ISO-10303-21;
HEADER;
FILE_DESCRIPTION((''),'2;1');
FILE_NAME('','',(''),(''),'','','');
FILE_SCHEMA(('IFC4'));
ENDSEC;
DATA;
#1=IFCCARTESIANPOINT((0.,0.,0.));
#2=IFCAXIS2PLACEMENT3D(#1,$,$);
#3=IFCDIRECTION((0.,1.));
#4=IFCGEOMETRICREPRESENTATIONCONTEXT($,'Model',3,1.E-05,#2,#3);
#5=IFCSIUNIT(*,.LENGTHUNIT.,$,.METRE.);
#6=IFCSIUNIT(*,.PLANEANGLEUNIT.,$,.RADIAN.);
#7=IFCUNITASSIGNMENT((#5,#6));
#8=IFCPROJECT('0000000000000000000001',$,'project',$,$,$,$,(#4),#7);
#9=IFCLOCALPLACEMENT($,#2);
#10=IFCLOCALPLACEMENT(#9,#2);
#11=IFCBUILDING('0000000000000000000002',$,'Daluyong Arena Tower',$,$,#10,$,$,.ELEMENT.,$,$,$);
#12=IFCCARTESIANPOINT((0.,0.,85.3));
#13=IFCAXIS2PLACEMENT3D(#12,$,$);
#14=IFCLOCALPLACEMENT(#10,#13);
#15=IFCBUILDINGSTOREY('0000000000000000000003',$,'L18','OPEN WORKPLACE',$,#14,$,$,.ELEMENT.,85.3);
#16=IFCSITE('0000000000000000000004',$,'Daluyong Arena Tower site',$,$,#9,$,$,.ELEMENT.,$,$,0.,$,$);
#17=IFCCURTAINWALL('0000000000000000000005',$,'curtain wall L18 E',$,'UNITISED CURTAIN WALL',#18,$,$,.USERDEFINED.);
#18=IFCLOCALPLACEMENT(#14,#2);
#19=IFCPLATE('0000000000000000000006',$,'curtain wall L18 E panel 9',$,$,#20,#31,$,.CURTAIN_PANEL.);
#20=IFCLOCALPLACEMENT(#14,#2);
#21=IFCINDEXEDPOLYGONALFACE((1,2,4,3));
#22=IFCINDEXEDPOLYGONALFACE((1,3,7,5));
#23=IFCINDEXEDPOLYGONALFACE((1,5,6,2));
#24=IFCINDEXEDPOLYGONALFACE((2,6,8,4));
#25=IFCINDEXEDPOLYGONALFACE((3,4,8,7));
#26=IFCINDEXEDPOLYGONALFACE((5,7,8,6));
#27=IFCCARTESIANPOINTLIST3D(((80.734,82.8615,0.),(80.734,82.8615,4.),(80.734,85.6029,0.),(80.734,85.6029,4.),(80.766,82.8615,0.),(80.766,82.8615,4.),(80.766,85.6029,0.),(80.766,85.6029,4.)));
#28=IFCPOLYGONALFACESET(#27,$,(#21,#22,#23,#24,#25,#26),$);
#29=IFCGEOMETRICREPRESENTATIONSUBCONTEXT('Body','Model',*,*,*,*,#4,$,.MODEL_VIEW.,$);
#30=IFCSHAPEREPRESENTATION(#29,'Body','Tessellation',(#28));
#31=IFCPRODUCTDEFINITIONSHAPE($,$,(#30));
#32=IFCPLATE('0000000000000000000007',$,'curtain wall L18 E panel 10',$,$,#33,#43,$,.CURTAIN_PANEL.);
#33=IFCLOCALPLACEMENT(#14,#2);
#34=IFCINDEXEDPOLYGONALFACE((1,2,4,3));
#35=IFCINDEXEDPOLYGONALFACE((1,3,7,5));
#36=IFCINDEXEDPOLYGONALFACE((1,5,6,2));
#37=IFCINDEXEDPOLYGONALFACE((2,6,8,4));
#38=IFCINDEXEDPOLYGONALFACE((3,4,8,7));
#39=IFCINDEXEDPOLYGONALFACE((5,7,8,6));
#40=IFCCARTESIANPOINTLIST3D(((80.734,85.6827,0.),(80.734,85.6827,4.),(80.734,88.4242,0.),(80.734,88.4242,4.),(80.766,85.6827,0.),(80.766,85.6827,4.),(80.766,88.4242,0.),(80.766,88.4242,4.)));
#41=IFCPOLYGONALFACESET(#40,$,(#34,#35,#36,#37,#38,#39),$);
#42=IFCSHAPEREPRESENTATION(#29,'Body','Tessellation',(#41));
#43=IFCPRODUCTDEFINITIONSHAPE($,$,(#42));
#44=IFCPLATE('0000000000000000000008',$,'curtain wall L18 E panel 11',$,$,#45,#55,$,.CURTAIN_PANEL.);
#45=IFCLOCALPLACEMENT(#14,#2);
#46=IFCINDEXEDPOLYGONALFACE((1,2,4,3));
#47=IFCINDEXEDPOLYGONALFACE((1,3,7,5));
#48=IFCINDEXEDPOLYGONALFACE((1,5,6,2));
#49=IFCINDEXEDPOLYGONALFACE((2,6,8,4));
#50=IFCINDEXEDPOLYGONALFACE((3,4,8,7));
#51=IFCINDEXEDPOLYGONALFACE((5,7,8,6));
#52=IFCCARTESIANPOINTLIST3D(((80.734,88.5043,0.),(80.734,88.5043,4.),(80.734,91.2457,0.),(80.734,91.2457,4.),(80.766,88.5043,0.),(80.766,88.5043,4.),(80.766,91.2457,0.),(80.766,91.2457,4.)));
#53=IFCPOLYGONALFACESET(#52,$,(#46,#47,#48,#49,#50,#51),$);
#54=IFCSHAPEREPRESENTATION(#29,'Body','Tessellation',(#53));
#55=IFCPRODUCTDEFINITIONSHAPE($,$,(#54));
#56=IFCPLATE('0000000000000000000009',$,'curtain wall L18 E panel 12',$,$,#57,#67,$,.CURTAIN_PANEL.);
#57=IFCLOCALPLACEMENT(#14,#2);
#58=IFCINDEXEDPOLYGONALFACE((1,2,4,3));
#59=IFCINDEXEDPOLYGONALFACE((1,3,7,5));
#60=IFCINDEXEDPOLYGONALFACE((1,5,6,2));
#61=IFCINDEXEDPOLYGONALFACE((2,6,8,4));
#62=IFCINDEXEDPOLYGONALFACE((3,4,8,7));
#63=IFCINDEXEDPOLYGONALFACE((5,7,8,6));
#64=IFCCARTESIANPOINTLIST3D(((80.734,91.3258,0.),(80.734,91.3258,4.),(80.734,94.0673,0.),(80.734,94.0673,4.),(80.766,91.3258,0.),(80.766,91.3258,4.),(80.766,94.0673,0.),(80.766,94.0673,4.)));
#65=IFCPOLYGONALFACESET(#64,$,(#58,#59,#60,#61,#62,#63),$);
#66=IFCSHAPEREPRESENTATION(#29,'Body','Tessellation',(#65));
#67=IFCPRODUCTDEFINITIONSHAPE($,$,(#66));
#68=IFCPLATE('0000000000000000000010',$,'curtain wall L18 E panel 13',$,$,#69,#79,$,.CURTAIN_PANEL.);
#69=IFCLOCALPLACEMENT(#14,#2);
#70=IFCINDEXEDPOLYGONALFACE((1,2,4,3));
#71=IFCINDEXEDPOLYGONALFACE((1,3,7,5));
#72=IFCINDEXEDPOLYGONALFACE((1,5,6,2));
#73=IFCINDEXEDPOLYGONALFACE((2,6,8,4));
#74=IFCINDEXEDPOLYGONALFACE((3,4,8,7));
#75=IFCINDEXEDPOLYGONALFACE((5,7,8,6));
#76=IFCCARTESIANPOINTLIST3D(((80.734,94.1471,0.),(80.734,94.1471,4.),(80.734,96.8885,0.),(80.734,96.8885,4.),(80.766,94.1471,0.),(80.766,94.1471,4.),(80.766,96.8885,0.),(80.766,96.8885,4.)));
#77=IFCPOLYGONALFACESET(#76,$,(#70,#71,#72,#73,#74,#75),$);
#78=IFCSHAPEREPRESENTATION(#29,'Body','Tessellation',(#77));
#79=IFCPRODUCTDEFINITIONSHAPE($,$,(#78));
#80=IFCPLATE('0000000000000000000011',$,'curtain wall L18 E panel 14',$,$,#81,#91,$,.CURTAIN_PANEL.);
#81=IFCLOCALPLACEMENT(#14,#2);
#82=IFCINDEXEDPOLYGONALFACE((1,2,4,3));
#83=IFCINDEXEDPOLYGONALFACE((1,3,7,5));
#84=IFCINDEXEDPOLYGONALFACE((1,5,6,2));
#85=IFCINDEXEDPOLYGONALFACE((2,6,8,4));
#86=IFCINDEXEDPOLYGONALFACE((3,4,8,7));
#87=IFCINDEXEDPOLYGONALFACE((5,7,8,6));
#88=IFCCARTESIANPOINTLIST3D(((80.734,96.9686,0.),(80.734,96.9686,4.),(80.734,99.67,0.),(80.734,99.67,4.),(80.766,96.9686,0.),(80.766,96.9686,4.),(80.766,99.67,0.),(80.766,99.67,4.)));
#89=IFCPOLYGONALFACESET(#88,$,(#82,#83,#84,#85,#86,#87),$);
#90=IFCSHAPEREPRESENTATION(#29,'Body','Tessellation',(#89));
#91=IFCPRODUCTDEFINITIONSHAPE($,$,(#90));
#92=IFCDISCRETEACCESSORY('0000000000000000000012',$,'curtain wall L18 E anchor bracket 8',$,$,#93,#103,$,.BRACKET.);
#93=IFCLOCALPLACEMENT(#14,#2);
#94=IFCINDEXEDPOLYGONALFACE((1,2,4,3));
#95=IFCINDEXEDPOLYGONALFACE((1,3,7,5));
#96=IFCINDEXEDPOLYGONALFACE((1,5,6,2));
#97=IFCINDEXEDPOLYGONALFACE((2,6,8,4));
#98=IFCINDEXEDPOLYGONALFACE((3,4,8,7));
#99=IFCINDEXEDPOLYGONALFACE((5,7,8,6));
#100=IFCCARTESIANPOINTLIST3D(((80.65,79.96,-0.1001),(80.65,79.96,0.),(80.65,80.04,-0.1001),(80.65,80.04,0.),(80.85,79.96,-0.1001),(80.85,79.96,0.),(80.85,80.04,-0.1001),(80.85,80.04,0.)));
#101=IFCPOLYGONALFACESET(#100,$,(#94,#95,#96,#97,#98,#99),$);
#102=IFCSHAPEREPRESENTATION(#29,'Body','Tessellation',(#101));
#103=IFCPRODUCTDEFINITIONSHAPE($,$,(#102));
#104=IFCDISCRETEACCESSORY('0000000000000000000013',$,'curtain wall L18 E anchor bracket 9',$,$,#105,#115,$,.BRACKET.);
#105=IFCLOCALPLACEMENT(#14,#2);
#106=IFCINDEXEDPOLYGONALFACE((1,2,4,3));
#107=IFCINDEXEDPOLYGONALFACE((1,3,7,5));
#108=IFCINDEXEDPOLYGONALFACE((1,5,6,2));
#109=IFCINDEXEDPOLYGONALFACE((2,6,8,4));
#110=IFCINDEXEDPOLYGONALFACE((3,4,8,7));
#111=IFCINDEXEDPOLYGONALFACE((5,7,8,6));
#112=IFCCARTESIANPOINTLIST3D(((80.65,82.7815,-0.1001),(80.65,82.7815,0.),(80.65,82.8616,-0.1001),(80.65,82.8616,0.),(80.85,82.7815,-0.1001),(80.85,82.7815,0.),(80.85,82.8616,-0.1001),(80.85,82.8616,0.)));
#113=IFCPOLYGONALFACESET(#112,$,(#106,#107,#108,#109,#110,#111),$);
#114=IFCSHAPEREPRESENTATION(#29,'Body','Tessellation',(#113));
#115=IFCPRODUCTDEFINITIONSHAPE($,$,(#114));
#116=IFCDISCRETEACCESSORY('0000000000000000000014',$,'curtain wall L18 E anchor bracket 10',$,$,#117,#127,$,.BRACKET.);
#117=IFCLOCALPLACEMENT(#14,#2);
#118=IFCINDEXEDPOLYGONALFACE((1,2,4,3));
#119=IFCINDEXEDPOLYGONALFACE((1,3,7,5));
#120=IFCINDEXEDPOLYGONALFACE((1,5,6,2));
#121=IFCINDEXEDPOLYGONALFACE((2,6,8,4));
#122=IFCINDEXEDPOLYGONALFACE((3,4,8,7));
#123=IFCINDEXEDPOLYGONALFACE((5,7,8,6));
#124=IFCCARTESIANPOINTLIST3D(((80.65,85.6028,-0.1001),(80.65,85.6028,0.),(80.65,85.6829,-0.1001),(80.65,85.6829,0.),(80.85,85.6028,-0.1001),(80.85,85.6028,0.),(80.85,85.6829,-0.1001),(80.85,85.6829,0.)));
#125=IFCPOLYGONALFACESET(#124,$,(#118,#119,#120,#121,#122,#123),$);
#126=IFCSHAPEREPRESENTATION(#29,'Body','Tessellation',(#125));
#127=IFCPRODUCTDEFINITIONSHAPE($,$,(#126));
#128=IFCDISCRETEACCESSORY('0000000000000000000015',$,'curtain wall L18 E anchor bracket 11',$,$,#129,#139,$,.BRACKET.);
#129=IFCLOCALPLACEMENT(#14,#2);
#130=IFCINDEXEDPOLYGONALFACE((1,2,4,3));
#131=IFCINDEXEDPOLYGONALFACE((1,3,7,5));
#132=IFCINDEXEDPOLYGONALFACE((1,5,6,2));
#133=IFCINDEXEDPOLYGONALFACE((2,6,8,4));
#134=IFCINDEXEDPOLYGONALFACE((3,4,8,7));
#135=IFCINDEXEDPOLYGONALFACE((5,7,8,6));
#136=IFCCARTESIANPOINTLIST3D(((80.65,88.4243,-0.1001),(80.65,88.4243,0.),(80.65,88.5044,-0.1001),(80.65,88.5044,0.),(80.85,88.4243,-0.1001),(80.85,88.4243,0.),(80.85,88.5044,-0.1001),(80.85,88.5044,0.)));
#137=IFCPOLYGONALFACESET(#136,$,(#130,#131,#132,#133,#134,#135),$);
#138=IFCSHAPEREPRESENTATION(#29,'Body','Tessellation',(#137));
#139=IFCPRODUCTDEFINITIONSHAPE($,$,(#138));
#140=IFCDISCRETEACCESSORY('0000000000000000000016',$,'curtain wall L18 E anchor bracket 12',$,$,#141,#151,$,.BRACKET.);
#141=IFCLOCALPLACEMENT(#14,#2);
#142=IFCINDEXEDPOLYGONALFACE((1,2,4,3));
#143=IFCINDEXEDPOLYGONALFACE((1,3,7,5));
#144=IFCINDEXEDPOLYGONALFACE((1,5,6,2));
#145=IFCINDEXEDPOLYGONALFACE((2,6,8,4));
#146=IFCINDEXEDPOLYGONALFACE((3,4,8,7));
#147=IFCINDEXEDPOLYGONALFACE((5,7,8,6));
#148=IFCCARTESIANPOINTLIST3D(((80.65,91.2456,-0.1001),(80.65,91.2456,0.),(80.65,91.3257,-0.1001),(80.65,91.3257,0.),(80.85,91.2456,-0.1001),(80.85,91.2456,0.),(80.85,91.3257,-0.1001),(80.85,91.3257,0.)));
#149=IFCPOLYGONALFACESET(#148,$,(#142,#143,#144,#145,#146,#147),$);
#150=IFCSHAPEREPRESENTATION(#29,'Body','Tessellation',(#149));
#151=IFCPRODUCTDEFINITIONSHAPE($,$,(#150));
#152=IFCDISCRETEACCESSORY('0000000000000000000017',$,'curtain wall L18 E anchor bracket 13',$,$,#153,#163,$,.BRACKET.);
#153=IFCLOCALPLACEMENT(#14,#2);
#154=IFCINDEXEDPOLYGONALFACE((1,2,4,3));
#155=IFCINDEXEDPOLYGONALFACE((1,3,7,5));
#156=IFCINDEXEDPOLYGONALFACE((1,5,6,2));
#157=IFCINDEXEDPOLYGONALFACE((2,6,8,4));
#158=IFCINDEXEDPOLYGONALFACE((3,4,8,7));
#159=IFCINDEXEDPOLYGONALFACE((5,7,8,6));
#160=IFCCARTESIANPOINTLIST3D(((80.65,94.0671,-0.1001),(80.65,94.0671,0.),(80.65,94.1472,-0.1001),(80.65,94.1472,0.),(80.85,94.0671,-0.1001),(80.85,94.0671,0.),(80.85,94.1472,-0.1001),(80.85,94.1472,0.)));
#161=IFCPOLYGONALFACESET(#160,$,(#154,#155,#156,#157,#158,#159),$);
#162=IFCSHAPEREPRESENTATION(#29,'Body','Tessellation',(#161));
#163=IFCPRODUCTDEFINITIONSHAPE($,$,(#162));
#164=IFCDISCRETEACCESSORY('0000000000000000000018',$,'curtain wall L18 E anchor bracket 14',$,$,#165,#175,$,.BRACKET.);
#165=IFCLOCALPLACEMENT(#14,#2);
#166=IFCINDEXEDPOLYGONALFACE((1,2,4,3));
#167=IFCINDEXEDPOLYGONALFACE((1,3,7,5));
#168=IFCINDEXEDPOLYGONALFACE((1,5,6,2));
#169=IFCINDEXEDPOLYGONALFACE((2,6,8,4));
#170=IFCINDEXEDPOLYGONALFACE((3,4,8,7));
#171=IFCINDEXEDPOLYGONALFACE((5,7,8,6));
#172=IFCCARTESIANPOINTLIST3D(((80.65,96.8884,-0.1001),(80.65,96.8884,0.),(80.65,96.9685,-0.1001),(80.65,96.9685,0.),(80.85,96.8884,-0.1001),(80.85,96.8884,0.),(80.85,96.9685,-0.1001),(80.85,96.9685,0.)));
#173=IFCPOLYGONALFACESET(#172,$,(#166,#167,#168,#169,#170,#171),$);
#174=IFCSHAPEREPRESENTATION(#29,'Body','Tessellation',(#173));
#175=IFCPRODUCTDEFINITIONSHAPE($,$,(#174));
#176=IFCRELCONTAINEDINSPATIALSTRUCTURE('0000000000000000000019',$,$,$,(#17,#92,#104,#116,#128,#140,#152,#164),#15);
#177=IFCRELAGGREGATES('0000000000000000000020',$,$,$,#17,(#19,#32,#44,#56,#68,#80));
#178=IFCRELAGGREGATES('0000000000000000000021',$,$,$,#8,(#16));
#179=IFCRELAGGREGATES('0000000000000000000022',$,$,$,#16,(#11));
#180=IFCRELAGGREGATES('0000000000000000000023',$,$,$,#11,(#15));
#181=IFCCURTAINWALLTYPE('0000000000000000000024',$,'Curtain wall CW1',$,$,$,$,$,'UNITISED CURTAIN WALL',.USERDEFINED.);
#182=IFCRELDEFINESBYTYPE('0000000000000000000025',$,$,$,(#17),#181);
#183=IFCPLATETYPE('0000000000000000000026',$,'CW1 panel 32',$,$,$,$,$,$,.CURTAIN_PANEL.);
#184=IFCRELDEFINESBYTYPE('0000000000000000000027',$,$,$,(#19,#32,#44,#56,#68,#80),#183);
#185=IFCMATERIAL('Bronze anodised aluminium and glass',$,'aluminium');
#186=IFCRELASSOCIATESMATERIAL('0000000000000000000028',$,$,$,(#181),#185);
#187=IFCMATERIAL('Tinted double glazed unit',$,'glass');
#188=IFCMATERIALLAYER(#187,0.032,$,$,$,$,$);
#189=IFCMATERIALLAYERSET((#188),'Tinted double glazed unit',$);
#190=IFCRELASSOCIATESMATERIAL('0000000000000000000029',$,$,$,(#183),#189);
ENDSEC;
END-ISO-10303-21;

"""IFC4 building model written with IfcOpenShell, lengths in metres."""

from ifc_helpers import new_model, si_unit, direction, frame, origin, origin_2d, place, context, subcontext, project, spatial, rectangle, extrude, material, layer, layer_set, type_object, element, aggregate, save


model = new_model("IFC4")

# Units and contexts
model_context = context("Model", 3, precision=1e-05, world=origin(), true_north=direction((0.0, 1.0)))
body_context = subcontext(model_context, "Body", "Model", "MODEL_VIEW")
ifc_project = project(units=[si_unit("LENGTHUNIT", "METRE"), si_unit("PLANEANGLEUNIT", "RADIAN")], contexts=[model_context])

# Site, building, storey
site_placement = place(None, origin())
site = spatial("IfcSite", under=ifc_project, at=site_placement, Name="Daluyong Arena Tower site", CompositionType="ELEMENT", RefElevation=0.0)
building_placement = place(site_placement, origin())
building = spatial("IfcBuilding", under=site, at=building_placement, Name="Daluyong Arena Tower", CompositionType="ELEMENT")
storey_placement = place(building_placement, frame((0.0, 0.0, 85.3)))
storey = spatial("IfcBuildingStorey", under=building, at=storey_placement, Name="L18", Description="OPEN WORKPLACE", CompositionType="ELEMENT", Elevation=85.3)

# Curtain wall
ifc_material_1 = material(Name="Bronze anodised aluminium and glass", Category="aluminium")
curtain_wall_type = type_object("IfcCurtainWallType", Name="Curtain wall CW1", ElementType="UNITISED CURTAIN WALL", PredefinedType="USERDEFINED", material=ifc_material_1)
curtain_wall_placement = place(storey_placement, origin())
curtain_wall = element("IfcCurtainWall", 1, at=curtain_wall_placement, inside=storey, type_object=curtain_wall_type, Name="curtain wall L18 E", ObjectType="UNITISED CURTAIN WALL", PredefinedType="USERDEFINED")

# Plates
ifc_material_2 = material(Name="Tinted double glazed unit", Category="glass")
ifc_layer = layer(ifc_material_2, 0.032)
ifc_layer_set = layer_set([ifc_layer], Name="Tinted double glazed unit")
plate_type = type_object("IfcPlateType", Name="CW1 panel 32", PredefinedType="CURTAIN_PANEL", material=ifc_layer_set)
plate_1_placement = place(storey_placement, frame((80.75, 84.2322, 0.0), z_axis=(0.0, 0.0, 1.0), x_axis=(0.0, 1.0, 0.0)))
plate_1 = element("IfcPlate", 2, at=plate_1_placement, type_object=plate_type, Name="curtain wall L18 E panel 9", PredefinedType="CURTAIN_PANEL", context=body_context, shape_type="SweptSolid", body=[
    extrude(rectangle(XDim=2.7415, YDim=0.032, at=origin_2d()), origin(), (0.0, 0.0, 1.0), 4.0),
])
plate_2_placement = place(storey_placement, frame((80.75, 87.0535, 0.0), z_axis=(0.0, 0.0, 1.0), x_axis=(0.0, 1.0, 0.0)))
plate_2 = element("IfcPlate", 3, at=plate_2_placement, type_object=plate_type, Name="curtain wall L18 E panel 10", PredefinedType="CURTAIN_PANEL", context=body_context, shape_type="SweptSolid", body=[
    extrude(rectangle(XDim=2.7415, YDim=0.032, at=origin_2d()), origin(), (0.0, 0.0, 1.0), 4.0),
])
plate_3_placement = place(storey_placement, frame((80.75, 89.875, 0.0), z_axis=(0.0, 0.0, 1.0), x_axis=(0.0, 1.0, 0.0)))
plate_3 = element("IfcPlate", 4, at=plate_3_placement, type_object=plate_type, Name="curtain wall L18 E panel 11", PredefinedType="CURTAIN_PANEL", context=body_context, shape_type="SweptSolid", body=[
    extrude(rectangle(XDim=2.7415, YDim=0.032, at=origin_2d()), origin(), (0.0, 0.0, 1.0), 4.0),
])
plate_4_placement = place(storey_placement, frame((80.75, 92.6965, 0.0), z_axis=(0.0, 0.0, 1.0), x_axis=(0.0, 1.0, 0.0)))
plate_4 = element("IfcPlate", 5, at=plate_4_placement, type_object=plate_type, Name="curtain wall L18 E panel 12", PredefinedType="CURTAIN_PANEL", context=body_context, shape_type="SweptSolid", body=[
    extrude(rectangle(XDim=2.7415, YDim=0.032, at=origin_2d()), origin(), (0.0, 0.0, 1.0), 4.0),
])
plate_5_placement = place(storey_placement, frame((80.75, 95.5178, 0.0), z_axis=(0.0, 0.0, 1.0), x_axis=(0.0, 1.0, 0.0)))
plate_5 = element("IfcPlate", 6, at=plate_5_placement, type_object=plate_type, Name="curtain wall L18 E panel 13", PredefinedType="CURTAIN_PANEL", context=body_context, shape_type="SweptSolid", body=[
    extrude(rectangle(XDim=2.7415, YDim=0.032, at=origin_2d()), origin(), (0.0, 0.0, 1.0), 4.0),
])
plate_6_placement = place(storey_placement, frame((80.75, 98.3193, 0.0), z_axis=(0.0, 0.0, 1.0), x_axis=(0.0, 1.0, 0.0)))
plate_6 = element("IfcPlate", 7, at=plate_6_placement, type_object=plate_type, Name="curtain wall L18 E panel 14", PredefinedType="CURTAIN_PANEL", context=body_context, shape_type="SweptSolid", body=[
    extrude(rectangle(XDim=2.7014, YDim=0.032, at=origin_2d()), origin(), (0.0, 0.0, 1.0), 4.0),
])
aggregate(curtain_wall, [plate_1, plate_2, plate_3, plate_4, plate_5, plate_6])

# Discrete accessories
for number, where, z_axis, x_axis, name in (
    (8, (80.75, 80.0, -0.1001), (0.0, 0.0, 1.0), (0.0, 1.0, 0.0), "curtain wall L18 E anchor bracket 8"),
    (9, (80.75, 82.8215, -0.1001), (0.0, 0.0, 1.0), (0.0, 1.0, 0.0), "curtain wall L18 E anchor bracket 9"),
    (10, (80.75, 85.6428, -0.1001), (0.0, 0.0, 1.0), (0.0, 1.0, 0.0), "curtain wall L18 E anchor bracket 10"),
    (11, (80.75, 88.4644, -0.1001), (0.0, 0.0, 1.0), (0.0, 1.0, 0.0), "curtain wall L18 E anchor bracket 11"),
    (12, (80.75, 91.2856, -0.1001), (0.0, 0.0, 1.0), (0.0, 1.0, 0.0), "curtain wall L18 E anchor bracket 12"),
    (13, (80.75, 94.1072, -0.1001), (0.0, 0.0, 1.0), (0.0, 1.0, 0.0), "curtain wall L18 E anchor bracket 13"),
    (14, (80.75, 96.9285, -0.1001), (0.0, 0.0, 1.0), (0.0, 1.0, 0.0), "curtain wall L18 E anchor bracket 14"),
):
    element("IfcDiscreteAccessory", number, at=place(storey_placement, frame(where, z_axis=z_axis, x_axis=x_axis)), inside=storey, Name=name, PredefinedType="BRACKET", context=body_context, shape_type="SweptSolid", body=[
        extrude(rectangle(XDim=0.0801, YDim=0.2, at=origin_2d()), origin(), (0.0, 0.0, 1.0), 0.1001),
    ])

save(model, "model.ifc")
